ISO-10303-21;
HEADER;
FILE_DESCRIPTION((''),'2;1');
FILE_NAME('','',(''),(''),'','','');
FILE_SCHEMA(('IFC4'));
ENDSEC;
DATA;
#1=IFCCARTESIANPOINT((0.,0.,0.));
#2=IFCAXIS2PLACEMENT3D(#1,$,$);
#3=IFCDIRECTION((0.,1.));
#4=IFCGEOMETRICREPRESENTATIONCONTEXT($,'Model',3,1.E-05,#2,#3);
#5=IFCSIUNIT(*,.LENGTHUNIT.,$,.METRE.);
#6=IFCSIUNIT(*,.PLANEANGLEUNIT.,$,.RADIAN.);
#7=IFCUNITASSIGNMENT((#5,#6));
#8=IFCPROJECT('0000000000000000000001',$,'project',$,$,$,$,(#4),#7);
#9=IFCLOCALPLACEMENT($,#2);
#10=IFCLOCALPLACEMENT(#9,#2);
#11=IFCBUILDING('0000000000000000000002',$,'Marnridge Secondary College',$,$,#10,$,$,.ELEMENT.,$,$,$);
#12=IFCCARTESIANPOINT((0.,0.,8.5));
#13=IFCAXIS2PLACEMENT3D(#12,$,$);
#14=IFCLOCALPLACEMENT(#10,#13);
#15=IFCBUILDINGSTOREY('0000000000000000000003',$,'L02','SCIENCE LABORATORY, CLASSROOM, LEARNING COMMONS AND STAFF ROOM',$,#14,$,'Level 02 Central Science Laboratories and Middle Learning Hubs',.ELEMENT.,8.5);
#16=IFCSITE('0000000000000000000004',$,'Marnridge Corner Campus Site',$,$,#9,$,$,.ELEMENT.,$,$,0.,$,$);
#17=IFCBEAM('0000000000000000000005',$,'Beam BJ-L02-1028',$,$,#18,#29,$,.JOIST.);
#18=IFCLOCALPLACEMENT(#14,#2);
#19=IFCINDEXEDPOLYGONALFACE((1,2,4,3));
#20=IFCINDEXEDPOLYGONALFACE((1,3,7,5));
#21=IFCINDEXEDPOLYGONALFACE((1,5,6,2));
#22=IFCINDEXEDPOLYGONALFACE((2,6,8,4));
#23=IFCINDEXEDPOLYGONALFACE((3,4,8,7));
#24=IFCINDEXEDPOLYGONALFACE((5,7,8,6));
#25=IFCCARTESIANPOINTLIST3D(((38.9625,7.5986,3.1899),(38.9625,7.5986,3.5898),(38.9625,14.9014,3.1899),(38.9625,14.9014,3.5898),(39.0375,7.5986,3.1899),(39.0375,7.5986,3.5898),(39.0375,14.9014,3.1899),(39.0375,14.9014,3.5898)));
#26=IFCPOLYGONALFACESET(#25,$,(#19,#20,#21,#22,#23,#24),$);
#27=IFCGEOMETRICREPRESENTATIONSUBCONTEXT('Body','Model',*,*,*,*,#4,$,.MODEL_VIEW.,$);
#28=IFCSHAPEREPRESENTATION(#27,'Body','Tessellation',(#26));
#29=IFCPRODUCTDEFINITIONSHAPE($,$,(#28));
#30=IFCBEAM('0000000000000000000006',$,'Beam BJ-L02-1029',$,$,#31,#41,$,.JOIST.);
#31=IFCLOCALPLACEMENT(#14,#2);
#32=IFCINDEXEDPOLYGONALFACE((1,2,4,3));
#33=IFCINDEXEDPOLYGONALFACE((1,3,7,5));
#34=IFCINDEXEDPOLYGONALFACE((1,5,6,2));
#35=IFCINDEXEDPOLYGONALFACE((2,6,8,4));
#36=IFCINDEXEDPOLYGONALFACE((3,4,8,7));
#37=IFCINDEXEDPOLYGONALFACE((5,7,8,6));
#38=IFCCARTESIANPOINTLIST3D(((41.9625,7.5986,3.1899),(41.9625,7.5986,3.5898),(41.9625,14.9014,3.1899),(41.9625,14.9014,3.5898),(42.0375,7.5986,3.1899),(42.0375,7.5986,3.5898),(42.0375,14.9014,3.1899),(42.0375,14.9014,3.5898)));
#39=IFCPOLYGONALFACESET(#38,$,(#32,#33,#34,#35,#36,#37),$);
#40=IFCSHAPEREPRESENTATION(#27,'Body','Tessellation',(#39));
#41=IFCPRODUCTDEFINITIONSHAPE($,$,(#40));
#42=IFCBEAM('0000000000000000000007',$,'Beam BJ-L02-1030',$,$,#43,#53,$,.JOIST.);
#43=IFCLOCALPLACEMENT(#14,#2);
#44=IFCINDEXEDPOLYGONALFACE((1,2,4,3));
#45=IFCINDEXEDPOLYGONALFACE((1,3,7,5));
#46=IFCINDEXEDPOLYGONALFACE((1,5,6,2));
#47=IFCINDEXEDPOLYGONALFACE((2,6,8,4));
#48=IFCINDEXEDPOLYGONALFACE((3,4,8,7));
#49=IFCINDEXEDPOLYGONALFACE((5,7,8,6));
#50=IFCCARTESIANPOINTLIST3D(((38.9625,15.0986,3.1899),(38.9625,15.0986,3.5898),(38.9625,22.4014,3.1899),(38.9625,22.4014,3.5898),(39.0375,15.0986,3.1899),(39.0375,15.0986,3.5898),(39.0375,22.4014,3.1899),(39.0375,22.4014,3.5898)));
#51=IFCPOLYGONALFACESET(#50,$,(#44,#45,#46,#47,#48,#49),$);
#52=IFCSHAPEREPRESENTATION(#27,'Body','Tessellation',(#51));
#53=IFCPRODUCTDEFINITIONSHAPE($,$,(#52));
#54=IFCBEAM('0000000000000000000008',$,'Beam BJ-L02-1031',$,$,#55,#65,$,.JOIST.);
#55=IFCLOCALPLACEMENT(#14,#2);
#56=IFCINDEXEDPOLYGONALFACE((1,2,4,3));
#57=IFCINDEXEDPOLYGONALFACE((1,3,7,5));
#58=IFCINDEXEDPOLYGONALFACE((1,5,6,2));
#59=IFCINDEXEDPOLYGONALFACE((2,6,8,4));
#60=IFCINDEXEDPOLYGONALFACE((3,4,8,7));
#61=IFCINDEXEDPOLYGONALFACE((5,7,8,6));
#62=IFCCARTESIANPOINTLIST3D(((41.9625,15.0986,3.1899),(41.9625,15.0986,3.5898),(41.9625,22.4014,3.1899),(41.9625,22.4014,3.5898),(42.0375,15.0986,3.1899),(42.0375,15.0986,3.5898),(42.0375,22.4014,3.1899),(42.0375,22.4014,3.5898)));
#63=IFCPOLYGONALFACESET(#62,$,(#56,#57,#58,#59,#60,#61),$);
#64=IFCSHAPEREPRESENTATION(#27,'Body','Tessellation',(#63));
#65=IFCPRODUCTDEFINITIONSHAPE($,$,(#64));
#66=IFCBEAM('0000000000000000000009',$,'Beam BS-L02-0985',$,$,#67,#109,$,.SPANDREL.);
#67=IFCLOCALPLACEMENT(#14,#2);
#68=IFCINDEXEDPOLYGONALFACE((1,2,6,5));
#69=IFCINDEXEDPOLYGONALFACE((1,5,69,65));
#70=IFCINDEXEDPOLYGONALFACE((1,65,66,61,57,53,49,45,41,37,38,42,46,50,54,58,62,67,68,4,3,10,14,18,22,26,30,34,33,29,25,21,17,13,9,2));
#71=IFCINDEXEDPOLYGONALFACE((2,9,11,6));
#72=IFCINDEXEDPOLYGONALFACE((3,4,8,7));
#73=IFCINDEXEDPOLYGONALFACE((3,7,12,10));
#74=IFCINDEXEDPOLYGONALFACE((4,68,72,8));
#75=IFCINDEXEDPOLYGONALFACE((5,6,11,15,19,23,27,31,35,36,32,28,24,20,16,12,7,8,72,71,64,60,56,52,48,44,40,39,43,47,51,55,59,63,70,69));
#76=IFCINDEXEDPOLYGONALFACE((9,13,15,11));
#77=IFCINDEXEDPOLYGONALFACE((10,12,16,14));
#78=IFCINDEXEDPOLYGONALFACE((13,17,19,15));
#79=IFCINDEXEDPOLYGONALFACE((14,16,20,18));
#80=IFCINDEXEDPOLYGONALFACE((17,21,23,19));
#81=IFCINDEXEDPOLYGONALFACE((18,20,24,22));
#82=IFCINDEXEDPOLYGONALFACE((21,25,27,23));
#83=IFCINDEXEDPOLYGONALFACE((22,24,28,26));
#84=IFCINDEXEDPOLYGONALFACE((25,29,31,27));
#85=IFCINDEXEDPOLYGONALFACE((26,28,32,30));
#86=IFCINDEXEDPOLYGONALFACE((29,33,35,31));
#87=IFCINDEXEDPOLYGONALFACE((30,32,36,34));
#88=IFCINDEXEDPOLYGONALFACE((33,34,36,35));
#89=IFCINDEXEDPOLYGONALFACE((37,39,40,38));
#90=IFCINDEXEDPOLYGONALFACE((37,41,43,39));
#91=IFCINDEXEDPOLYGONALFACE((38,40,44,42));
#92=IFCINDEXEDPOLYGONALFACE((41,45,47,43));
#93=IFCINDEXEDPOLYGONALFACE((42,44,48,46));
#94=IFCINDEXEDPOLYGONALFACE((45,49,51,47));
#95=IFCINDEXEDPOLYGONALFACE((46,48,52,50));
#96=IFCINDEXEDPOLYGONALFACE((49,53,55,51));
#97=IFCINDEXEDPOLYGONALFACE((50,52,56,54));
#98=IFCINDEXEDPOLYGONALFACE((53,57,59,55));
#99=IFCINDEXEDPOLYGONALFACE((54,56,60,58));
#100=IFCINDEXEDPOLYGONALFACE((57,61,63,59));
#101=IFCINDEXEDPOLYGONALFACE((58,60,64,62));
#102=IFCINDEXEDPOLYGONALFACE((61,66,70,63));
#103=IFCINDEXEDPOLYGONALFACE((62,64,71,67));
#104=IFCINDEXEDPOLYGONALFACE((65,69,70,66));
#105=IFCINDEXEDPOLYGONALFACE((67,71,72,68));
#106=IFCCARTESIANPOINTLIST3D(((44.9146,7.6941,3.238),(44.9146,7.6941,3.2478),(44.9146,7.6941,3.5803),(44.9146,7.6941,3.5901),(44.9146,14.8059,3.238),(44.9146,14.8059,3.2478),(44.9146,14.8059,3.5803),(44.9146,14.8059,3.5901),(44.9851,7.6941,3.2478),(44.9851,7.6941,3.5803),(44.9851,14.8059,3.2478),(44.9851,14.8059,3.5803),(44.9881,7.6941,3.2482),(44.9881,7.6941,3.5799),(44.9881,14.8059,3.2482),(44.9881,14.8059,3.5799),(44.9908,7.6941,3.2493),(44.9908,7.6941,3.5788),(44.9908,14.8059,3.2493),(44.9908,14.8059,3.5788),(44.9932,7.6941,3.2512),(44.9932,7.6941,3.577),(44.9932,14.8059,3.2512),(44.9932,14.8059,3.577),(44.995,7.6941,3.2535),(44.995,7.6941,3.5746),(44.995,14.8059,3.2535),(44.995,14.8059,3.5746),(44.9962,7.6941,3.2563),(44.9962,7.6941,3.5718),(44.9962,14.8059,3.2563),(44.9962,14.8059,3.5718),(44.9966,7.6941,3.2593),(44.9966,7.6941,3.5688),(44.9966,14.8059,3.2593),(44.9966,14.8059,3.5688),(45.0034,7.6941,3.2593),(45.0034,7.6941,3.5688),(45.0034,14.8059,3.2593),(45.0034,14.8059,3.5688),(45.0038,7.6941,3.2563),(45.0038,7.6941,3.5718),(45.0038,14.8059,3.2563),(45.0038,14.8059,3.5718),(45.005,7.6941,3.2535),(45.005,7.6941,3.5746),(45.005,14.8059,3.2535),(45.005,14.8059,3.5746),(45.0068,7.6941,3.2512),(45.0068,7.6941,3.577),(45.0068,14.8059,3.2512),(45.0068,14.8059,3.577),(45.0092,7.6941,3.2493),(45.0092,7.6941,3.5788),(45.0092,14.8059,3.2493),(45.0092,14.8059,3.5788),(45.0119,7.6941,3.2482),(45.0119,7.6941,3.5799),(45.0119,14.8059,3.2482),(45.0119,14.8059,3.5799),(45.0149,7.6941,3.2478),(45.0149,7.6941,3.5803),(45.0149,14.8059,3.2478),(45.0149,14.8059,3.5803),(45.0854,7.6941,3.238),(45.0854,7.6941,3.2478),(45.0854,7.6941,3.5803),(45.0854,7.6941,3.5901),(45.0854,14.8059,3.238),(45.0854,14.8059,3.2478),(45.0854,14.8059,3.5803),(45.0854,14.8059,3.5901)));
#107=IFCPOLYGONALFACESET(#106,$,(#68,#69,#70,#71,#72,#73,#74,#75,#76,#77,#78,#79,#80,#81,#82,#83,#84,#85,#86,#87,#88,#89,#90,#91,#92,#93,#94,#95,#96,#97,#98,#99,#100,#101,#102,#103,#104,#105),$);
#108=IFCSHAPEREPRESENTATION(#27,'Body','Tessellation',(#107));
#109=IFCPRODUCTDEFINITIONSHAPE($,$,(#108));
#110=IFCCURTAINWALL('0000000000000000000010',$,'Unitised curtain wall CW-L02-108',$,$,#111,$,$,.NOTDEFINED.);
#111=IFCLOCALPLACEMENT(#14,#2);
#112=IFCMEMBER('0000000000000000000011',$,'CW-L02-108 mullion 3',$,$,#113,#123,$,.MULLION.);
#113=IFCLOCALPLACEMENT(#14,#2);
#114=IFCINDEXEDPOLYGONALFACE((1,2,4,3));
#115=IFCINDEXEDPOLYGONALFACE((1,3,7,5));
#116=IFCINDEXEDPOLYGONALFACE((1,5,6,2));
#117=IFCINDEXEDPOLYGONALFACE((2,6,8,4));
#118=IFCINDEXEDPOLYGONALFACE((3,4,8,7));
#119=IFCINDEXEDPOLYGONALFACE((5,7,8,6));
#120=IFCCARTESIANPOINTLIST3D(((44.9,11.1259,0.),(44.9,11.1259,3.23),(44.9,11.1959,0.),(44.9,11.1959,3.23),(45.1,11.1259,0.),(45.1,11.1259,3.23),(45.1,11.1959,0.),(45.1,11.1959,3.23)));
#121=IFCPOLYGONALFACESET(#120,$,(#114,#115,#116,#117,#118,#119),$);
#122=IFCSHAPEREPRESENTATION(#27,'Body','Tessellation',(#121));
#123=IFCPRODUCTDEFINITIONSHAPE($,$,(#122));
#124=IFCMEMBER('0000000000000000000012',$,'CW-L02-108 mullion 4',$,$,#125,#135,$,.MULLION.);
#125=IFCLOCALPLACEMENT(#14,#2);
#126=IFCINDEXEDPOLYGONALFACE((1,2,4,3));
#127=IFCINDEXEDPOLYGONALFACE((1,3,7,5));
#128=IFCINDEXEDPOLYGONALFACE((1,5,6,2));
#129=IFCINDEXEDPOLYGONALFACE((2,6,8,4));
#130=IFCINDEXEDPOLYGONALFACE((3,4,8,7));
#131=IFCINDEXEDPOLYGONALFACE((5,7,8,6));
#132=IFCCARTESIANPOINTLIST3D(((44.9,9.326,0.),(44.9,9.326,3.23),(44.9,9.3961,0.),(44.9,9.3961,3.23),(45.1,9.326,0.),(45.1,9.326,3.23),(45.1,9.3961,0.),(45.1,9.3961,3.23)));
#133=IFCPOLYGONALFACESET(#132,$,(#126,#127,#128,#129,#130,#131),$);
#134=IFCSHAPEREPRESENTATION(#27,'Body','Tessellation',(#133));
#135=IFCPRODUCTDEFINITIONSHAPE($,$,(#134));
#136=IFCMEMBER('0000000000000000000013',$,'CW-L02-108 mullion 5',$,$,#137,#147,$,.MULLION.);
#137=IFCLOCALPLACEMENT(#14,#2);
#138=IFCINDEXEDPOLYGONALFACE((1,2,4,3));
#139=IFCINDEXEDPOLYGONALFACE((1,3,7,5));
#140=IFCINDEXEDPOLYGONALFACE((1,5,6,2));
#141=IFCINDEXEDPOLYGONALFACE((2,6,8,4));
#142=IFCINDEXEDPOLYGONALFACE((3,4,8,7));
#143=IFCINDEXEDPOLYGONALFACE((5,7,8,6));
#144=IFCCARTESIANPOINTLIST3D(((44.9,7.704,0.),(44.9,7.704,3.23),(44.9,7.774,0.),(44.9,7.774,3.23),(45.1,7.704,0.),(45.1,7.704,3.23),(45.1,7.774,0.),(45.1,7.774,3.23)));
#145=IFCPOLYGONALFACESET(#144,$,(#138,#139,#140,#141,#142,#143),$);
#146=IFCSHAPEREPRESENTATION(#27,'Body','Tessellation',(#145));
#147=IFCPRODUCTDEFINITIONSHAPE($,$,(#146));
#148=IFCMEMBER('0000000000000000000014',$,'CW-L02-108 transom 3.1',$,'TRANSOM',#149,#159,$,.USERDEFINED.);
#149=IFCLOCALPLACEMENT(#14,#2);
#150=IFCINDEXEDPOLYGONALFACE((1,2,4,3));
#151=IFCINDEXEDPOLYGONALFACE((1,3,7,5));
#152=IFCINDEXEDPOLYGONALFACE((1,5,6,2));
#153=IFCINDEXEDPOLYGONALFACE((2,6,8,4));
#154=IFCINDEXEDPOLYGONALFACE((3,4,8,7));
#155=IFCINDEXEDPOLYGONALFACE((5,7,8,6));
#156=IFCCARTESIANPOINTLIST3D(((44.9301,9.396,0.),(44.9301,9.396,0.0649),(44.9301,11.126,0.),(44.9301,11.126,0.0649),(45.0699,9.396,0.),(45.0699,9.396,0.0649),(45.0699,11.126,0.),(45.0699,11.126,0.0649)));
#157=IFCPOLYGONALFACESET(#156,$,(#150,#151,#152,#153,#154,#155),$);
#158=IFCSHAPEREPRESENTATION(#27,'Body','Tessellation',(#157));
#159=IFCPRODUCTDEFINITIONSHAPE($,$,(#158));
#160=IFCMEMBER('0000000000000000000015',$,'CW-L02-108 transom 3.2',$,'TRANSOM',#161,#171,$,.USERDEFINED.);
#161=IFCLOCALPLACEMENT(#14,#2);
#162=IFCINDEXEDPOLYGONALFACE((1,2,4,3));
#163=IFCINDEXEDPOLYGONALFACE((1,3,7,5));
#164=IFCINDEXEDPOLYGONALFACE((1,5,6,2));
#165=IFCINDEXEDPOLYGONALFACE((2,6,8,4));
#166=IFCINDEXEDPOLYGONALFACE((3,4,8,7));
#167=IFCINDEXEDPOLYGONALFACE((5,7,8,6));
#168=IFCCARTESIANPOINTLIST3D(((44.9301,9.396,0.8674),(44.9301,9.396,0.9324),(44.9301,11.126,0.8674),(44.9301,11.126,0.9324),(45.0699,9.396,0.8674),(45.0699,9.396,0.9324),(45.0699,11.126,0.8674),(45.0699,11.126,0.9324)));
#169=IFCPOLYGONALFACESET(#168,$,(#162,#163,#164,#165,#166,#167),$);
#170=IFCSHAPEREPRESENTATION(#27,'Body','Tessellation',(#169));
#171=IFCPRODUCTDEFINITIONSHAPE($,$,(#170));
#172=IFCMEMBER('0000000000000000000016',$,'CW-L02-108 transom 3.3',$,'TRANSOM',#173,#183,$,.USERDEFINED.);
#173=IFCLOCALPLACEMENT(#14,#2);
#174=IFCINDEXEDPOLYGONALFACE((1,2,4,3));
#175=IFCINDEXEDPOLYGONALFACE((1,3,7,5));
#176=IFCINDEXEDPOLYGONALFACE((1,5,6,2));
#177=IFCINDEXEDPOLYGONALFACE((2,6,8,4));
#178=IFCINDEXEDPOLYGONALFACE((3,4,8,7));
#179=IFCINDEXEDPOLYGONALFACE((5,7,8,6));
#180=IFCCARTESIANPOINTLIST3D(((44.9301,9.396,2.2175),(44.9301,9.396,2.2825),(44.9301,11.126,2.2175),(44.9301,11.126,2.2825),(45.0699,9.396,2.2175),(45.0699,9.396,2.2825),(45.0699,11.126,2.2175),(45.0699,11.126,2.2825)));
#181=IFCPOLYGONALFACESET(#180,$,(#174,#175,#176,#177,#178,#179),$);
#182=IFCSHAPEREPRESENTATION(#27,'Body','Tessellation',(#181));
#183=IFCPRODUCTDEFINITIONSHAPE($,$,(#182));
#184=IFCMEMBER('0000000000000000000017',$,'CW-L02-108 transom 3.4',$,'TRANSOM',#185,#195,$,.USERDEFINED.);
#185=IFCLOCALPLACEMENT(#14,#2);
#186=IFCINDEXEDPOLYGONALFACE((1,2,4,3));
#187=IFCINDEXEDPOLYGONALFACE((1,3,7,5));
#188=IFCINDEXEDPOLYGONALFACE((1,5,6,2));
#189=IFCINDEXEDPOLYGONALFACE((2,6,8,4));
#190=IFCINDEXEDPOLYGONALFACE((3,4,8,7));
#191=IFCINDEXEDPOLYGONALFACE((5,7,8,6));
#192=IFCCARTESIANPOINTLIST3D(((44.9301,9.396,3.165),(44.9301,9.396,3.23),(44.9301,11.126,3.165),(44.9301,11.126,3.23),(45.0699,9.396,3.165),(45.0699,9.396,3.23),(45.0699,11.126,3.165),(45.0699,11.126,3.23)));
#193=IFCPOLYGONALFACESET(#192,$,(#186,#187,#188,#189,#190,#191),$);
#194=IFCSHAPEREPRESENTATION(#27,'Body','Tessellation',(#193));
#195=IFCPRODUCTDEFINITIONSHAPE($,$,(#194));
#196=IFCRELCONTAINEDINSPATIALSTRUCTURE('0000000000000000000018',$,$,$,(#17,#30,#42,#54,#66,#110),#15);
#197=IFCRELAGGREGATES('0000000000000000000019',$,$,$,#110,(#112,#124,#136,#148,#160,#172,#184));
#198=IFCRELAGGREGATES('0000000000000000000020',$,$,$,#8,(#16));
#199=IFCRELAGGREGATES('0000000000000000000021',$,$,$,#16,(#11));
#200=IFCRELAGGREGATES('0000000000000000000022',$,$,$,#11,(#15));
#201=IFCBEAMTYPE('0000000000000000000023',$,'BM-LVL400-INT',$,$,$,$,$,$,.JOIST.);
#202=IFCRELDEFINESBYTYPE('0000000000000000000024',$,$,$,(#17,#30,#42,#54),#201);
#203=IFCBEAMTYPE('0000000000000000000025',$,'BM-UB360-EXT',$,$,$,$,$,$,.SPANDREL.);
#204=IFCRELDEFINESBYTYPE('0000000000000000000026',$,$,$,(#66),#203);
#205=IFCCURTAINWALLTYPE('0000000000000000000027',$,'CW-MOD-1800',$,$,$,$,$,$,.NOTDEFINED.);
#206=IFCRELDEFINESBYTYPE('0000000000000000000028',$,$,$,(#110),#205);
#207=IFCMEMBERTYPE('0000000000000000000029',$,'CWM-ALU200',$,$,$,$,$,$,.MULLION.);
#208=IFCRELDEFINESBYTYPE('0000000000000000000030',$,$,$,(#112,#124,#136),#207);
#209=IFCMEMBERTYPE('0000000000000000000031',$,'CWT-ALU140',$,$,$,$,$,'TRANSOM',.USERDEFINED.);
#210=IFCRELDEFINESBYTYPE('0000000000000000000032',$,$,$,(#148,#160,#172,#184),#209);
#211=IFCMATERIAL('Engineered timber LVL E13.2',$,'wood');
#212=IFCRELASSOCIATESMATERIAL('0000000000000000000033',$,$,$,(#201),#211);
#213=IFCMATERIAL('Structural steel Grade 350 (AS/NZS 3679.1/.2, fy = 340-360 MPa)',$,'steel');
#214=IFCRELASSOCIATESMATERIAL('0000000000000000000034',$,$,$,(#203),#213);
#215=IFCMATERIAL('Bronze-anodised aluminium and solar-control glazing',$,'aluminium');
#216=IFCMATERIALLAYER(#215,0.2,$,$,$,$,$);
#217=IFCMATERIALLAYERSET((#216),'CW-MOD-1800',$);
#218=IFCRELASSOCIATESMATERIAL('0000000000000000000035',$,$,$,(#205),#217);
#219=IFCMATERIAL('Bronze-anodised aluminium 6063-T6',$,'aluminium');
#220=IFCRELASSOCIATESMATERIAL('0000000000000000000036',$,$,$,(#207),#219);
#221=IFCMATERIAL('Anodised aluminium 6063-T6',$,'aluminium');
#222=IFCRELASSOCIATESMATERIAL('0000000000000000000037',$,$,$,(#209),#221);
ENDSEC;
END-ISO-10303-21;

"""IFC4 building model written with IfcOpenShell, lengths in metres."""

from ifc_helpers import new_model, si_unit, direction, frame, origin, origin_2d, place, context, subcontext, project, spatial, rectangle, i_section, extrude, material, layer, layer_set, material_profile, profile_set, type_object, element, aggregate, save


model = new_model("IFC4")

# Units and contexts
model_context = context("Model", 3, precision=1e-05, world=origin(), true_north=direction((0.0, 1.0)))
body_context = subcontext(model_context, "Body", "Model", "MODEL_VIEW")
ifc_project = project(units=[si_unit("LENGTHUNIT", "METRE"), si_unit("PLANEANGLEUNIT", "RADIAN")], contexts=[model_context])

# Site, building, storey
site_placement = place(None, origin())
site = spatial("IfcSite", under=ifc_project, at=site_placement, Name="Marnridge Corner Campus Site", CompositionType="ELEMENT", RefElevation=0.0)
building_placement = place(site_placement, origin())
building = spatial("IfcBuilding", under=site, at=building_placement, Name="Marnridge Secondary College", CompositionType="ELEMENT")
storey_placement = place(building_placement, frame((0.0, 0.0, 8.5)))
storey = spatial("IfcBuildingStorey", under=building, at=storey_placement, Name="L02", Description="SCIENCE LABORATORY, CLASSROOM, LEARNING COMMONS AND STAFF ROOM", LongName="Level 02 Central Science Laboratories and Middle Learning Hubs", CompositionType="ELEMENT", Elevation=8.5)

# Beams
ifc_material_1 = material(Name="Engineered timber LVL E13.2", Category="wood")
ifc_material_profile_1 = material_profile(ifc_material_1, rectangle(XDim=0.075, YDim=0.3999, at=origin_2d()), Name="LVL 75x400")
ifc_profile_set_1 = profile_set([ifc_material_profile_1], Name="Engineered timber LVL E13.2")
beam_type_1 = type_object("IfcBeamType", Name="BM-LVL400-INT", PredefinedType="JOIST", material=ifc_profile_set_1)
for number, where, z_axis, x_axis, name in (
    (1, (39.0, 7.5986, 3.3899), (0.0, 1.0, 0.0), (-1.0, 0.0, 0.0), "Beam BJ-L02-1028"),
    (2, (42.0, 7.5986, 3.3899), (0.0, 1.0, 0.0), (-1.0, 0.0, 0.0), "Beam BJ-L02-1029"),
    (3, (39.0, 15.0986, 3.3899), (0.0, 1.0, 0.0), (-1.0, 0.0, 0.0), "Beam BJ-L02-1030"),
    (4, (42.0, 15.0986, 3.3899), (0.0, 1.0, 0.0), (-1.0, 0.0, 0.0), "Beam BJ-L02-1031"),
):
    element("IfcBeam", number, at=place(storey_placement, frame(where, z_axis=z_axis, x_axis=x_axis)), inside=storey, type_object=beam_type_1, Name=name, PredefinedType="JOIST", context=body_context, shape_type="SweptSolid", body=[
        extrude(rectangle(XDim=0.075, YDim=0.3999, at=origin_2d()), origin(), (0.0, 0.0, 1.0), 7.3027),
    ])
ifc_material_2 = material(Name="Structural steel Grade 350 (AS/NZS 3679.1/.2, fy = 340-360 MPa)", Category="steel")
ifc_material_profile_2 = material_profile(ifc_material_2, i_section(OverallWidth=0.1709, OverallDepth=0.3521, WebThickness=0.0068, FlangeThickness=0.0098, FilletRadius=0.0115, at=origin_2d()), Name="360UB44.7")
ifc_profile_set_2 = profile_set([ifc_material_profile_2], Name="Structural steel Grade 350 (AS/NZS 3679.1/.2, fy = 340-360 MPa)")
beam_type_2 = type_object("IfcBeamType", Name="BM-UB360-EXT", PredefinedType="SPANDREL", material=ifc_profile_set_2)
beam_placement = place(storey_placement, frame((45.0, 7.6941, 3.4141), z_axis=(0.0, 1.0, 0.0), x_axis=(-1.0, 0.0, 0.0)))
element("IfcBeam", 5, at=beam_placement, inside=storey, type_object=beam_type_2, Name="Beam BS-L02-0985", PredefinedType="SPANDREL", context=body_context, shape_type="SweptSolid", body=[
    extrude(i_section(OverallWidth=0.1709, OverallDepth=0.3521, WebThickness=0.0068, FlangeThickness=0.0098, FilletRadius=0.0115, at=origin_2d()), origin(), (0.0, 0.0, 1.0), 7.1118),
])

# Curtain wall, members
ifc_material_3 = material(Name="Bronze-anodised aluminium and solar-control glazing", Category="aluminium")
ifc_layer_1 = layer(ifc_material_3, 0.2)
ifc_layer_set_1 = layer_set([ifc_layer_1], Name="CW-MOD-1800")
curtain_wall_type = type_object("IfcCurtainWallType", Name="CW-MOD-1800", PredefinedType="NOTDEFINED", material=ifc_layer_set_1)
curtain_wall_placement = place(storey_placement, origin())
curtain_wall = element("IfcCurtainWall", 6, at=curtain_wall_placement, inside=storey, type_object=curtain_wall_type, Name="Unitised curtain wall CW-L02-108", PredefinedType="NOTDEFINED")
ifc_material_4 = material(Name="Bronze-anodised aluminium 6063-T6", Category="aluminium")
ifc_material_profile_3 = material_profile(ifc_material_4, rectangle(XDim=0.0701, YDim=0.2, at=origin_2d()), Name="ALU 70x200")
ifc_profile_set_3 = profile_set([ifc_material_profile_3], Name="Bronze-anodised aluminium 6063-T6")
member_type_1 = type_object("IfcMemberType", Name="CWM-ALU200", PredefinedType="MULLION", material=ifc_profile_set_3)
member_1_placement = place(storey_placement, frame((45.0, 11.1609, 0.0), z_axis=(0.0, 0.0, 1.0), x_axis=(0.0, -1.0, 0.0)))
member_1 = element("IfcMember", 7, at=member_1_placement, type_object=member_type_1, Name="CW-L02-108 mullion 3", PredefinedType="MULLION", context=body_context, shape_type="SweptSolid", body=[
    extrude(rectangle(XDim=0.0701, YDim=0.2, at=origin_2d()), origin(), (0.0, 0.0, 1.0), 3.23),
])
member_2_placement = place(storey_placement, frame((45.0, 9.3611, 0.0), z_axis=(0.0, 0.0, 1.0), x_axis=(0.0, -1.0, 0.0)))
member_2 = element("IfcMember", 8, at=member_2_placement, type_object=member_type_1, Name="CW-L02-108 mullion 4", PredefinedType="MULLION", context=body_context, shape_type="SweptSolid", body=[
    extrude(rectangle(XDim=0.0701, YDim=0.2, at=origin_2d()), origin(), (0.0, 0.0, 1.0), 3.23),
])
member_3_placement = place(storey_placement, frame((45.0, 7.739, 0.0), z_axis=(0.0, 0.0, 1.0), x_axis=(0.0, -1.0, 0.0)))
member_3 = element("IfcMember", 9, at=member_3_placement, type_object=member_type_1, Name="CW-L02-108 mullion 5", PredefinedType="MULLION", context=body_context, shape_type="SweptSolid", body=[
    extrude(rectangle(XDim=0.0701, YDim=0.2, at=origin_2d()), origin(), (0.0, 0.0, 1.0), 3.23),
])
ifc_material_5 = material(Name="Anodised aluminium 6063-T6", Category="aluminium")
ifc_material_profile_4 = material_profile(ifc_material_5, rectangle(XDim=0.0649, YDim=0.1399, at=origin_2d()), Name="ALU 65x140")
ifc_profile_set_4 = profile_set([ifc_material_profile_4], Name="Anodised aluminium 6063-T6")
member_type_2 = type_object("IfcMemberType", Name="CWT-ALU140", ElementType="TRANSOM", PredefinedType="USERDEFINED", material=ifc_profile_set_4)
member_4_placement = place(storey_placement, frame((45.0, 11.126, 0.0325), z_axis=(0.0, -1.0, 0.0), x_axis=(0.0, 0.0, 1.0)))
member_4 = element("IfcMember", 10, at=member_4_placement, type_object=member_type_2, Name="CW-L02-108 transom 3.1", ObjectType="TRANSOM", PredefinedType="USERDEFINED", context=body_context, shape_type="SweptSolid", body=[
    extrude(rectangle(XDim=0.0649, YDim=0.1399, at=origin_2d()), origin(), (0.0, 0.0, 1.0), 1.73),
])
member_5_placement = place(storey_placement, frame((45.0, 11.126, 0.8999), z_axis=(0.0, -1.0, 0.0), x_axis=(0.0, 0.0, 1.0)))
member_5 = element("IfcMember", 11, at=member_5_placement, type_object=member_type_2, Name="CW-L02-108 transom 3.2", ObjectType="TRANSOM", PredefinedType="USERDEFINED", context=body_context, shape_type="SweptSolid", body=[
    extrude(rectangle(XDim=0.0649, YDim=0.1399, at=origin_2d()), origin(), (0.0, 0.0, 1.0), 1.73),
])
member_6_placement = place(storey_placement, frame((45.0, 11.126, 2.25), z_axis=(0.0, -1.0, 0.0), x_axis=(0.0, 0.0, 1.0)))
member_6 = element("IfcMember", 12, at=member_6_placement, type_object=member_type_2, Name="CW-L02-108 transom 3.3", ObjectType="TRANSOM", PredefinedType="USERDEFINED", context=body_context, shape_type="SweptSolid", body=[
    extrude(rectangle(XDim=0.0649, YDim=0.1399, at=origin_2d()), origin(), (0.0, 0.0, 1.0), 1.73),
])
member_7_placement = place(storey_placement, frame((45.0, 11.126, 3.1975), z_axis=(0.0, -1.0, 0.0), x_axis=(0.0, 0.0, 1.0)))
member_7 = element("IfcMember", 13, at=member_7_placement, type_object=member_type_2, Name="CW-L02-108 transom 3.4", ObjectType="TRANSOM", PredefinedType="USERDEFINED", context=body_context, shape_type="SweptSolid", body=[
    extrude(rectangle(XDim=0.0649, YDim=0.1399, at=origin_2d()), origin(), (0.0, 0.0, 1.0), 1.73),
])
aggregate(curtain_wall, [member_1, member_2, member_3, member_4, member_5, member_6, member_7])

save(model, "model.ifc")
